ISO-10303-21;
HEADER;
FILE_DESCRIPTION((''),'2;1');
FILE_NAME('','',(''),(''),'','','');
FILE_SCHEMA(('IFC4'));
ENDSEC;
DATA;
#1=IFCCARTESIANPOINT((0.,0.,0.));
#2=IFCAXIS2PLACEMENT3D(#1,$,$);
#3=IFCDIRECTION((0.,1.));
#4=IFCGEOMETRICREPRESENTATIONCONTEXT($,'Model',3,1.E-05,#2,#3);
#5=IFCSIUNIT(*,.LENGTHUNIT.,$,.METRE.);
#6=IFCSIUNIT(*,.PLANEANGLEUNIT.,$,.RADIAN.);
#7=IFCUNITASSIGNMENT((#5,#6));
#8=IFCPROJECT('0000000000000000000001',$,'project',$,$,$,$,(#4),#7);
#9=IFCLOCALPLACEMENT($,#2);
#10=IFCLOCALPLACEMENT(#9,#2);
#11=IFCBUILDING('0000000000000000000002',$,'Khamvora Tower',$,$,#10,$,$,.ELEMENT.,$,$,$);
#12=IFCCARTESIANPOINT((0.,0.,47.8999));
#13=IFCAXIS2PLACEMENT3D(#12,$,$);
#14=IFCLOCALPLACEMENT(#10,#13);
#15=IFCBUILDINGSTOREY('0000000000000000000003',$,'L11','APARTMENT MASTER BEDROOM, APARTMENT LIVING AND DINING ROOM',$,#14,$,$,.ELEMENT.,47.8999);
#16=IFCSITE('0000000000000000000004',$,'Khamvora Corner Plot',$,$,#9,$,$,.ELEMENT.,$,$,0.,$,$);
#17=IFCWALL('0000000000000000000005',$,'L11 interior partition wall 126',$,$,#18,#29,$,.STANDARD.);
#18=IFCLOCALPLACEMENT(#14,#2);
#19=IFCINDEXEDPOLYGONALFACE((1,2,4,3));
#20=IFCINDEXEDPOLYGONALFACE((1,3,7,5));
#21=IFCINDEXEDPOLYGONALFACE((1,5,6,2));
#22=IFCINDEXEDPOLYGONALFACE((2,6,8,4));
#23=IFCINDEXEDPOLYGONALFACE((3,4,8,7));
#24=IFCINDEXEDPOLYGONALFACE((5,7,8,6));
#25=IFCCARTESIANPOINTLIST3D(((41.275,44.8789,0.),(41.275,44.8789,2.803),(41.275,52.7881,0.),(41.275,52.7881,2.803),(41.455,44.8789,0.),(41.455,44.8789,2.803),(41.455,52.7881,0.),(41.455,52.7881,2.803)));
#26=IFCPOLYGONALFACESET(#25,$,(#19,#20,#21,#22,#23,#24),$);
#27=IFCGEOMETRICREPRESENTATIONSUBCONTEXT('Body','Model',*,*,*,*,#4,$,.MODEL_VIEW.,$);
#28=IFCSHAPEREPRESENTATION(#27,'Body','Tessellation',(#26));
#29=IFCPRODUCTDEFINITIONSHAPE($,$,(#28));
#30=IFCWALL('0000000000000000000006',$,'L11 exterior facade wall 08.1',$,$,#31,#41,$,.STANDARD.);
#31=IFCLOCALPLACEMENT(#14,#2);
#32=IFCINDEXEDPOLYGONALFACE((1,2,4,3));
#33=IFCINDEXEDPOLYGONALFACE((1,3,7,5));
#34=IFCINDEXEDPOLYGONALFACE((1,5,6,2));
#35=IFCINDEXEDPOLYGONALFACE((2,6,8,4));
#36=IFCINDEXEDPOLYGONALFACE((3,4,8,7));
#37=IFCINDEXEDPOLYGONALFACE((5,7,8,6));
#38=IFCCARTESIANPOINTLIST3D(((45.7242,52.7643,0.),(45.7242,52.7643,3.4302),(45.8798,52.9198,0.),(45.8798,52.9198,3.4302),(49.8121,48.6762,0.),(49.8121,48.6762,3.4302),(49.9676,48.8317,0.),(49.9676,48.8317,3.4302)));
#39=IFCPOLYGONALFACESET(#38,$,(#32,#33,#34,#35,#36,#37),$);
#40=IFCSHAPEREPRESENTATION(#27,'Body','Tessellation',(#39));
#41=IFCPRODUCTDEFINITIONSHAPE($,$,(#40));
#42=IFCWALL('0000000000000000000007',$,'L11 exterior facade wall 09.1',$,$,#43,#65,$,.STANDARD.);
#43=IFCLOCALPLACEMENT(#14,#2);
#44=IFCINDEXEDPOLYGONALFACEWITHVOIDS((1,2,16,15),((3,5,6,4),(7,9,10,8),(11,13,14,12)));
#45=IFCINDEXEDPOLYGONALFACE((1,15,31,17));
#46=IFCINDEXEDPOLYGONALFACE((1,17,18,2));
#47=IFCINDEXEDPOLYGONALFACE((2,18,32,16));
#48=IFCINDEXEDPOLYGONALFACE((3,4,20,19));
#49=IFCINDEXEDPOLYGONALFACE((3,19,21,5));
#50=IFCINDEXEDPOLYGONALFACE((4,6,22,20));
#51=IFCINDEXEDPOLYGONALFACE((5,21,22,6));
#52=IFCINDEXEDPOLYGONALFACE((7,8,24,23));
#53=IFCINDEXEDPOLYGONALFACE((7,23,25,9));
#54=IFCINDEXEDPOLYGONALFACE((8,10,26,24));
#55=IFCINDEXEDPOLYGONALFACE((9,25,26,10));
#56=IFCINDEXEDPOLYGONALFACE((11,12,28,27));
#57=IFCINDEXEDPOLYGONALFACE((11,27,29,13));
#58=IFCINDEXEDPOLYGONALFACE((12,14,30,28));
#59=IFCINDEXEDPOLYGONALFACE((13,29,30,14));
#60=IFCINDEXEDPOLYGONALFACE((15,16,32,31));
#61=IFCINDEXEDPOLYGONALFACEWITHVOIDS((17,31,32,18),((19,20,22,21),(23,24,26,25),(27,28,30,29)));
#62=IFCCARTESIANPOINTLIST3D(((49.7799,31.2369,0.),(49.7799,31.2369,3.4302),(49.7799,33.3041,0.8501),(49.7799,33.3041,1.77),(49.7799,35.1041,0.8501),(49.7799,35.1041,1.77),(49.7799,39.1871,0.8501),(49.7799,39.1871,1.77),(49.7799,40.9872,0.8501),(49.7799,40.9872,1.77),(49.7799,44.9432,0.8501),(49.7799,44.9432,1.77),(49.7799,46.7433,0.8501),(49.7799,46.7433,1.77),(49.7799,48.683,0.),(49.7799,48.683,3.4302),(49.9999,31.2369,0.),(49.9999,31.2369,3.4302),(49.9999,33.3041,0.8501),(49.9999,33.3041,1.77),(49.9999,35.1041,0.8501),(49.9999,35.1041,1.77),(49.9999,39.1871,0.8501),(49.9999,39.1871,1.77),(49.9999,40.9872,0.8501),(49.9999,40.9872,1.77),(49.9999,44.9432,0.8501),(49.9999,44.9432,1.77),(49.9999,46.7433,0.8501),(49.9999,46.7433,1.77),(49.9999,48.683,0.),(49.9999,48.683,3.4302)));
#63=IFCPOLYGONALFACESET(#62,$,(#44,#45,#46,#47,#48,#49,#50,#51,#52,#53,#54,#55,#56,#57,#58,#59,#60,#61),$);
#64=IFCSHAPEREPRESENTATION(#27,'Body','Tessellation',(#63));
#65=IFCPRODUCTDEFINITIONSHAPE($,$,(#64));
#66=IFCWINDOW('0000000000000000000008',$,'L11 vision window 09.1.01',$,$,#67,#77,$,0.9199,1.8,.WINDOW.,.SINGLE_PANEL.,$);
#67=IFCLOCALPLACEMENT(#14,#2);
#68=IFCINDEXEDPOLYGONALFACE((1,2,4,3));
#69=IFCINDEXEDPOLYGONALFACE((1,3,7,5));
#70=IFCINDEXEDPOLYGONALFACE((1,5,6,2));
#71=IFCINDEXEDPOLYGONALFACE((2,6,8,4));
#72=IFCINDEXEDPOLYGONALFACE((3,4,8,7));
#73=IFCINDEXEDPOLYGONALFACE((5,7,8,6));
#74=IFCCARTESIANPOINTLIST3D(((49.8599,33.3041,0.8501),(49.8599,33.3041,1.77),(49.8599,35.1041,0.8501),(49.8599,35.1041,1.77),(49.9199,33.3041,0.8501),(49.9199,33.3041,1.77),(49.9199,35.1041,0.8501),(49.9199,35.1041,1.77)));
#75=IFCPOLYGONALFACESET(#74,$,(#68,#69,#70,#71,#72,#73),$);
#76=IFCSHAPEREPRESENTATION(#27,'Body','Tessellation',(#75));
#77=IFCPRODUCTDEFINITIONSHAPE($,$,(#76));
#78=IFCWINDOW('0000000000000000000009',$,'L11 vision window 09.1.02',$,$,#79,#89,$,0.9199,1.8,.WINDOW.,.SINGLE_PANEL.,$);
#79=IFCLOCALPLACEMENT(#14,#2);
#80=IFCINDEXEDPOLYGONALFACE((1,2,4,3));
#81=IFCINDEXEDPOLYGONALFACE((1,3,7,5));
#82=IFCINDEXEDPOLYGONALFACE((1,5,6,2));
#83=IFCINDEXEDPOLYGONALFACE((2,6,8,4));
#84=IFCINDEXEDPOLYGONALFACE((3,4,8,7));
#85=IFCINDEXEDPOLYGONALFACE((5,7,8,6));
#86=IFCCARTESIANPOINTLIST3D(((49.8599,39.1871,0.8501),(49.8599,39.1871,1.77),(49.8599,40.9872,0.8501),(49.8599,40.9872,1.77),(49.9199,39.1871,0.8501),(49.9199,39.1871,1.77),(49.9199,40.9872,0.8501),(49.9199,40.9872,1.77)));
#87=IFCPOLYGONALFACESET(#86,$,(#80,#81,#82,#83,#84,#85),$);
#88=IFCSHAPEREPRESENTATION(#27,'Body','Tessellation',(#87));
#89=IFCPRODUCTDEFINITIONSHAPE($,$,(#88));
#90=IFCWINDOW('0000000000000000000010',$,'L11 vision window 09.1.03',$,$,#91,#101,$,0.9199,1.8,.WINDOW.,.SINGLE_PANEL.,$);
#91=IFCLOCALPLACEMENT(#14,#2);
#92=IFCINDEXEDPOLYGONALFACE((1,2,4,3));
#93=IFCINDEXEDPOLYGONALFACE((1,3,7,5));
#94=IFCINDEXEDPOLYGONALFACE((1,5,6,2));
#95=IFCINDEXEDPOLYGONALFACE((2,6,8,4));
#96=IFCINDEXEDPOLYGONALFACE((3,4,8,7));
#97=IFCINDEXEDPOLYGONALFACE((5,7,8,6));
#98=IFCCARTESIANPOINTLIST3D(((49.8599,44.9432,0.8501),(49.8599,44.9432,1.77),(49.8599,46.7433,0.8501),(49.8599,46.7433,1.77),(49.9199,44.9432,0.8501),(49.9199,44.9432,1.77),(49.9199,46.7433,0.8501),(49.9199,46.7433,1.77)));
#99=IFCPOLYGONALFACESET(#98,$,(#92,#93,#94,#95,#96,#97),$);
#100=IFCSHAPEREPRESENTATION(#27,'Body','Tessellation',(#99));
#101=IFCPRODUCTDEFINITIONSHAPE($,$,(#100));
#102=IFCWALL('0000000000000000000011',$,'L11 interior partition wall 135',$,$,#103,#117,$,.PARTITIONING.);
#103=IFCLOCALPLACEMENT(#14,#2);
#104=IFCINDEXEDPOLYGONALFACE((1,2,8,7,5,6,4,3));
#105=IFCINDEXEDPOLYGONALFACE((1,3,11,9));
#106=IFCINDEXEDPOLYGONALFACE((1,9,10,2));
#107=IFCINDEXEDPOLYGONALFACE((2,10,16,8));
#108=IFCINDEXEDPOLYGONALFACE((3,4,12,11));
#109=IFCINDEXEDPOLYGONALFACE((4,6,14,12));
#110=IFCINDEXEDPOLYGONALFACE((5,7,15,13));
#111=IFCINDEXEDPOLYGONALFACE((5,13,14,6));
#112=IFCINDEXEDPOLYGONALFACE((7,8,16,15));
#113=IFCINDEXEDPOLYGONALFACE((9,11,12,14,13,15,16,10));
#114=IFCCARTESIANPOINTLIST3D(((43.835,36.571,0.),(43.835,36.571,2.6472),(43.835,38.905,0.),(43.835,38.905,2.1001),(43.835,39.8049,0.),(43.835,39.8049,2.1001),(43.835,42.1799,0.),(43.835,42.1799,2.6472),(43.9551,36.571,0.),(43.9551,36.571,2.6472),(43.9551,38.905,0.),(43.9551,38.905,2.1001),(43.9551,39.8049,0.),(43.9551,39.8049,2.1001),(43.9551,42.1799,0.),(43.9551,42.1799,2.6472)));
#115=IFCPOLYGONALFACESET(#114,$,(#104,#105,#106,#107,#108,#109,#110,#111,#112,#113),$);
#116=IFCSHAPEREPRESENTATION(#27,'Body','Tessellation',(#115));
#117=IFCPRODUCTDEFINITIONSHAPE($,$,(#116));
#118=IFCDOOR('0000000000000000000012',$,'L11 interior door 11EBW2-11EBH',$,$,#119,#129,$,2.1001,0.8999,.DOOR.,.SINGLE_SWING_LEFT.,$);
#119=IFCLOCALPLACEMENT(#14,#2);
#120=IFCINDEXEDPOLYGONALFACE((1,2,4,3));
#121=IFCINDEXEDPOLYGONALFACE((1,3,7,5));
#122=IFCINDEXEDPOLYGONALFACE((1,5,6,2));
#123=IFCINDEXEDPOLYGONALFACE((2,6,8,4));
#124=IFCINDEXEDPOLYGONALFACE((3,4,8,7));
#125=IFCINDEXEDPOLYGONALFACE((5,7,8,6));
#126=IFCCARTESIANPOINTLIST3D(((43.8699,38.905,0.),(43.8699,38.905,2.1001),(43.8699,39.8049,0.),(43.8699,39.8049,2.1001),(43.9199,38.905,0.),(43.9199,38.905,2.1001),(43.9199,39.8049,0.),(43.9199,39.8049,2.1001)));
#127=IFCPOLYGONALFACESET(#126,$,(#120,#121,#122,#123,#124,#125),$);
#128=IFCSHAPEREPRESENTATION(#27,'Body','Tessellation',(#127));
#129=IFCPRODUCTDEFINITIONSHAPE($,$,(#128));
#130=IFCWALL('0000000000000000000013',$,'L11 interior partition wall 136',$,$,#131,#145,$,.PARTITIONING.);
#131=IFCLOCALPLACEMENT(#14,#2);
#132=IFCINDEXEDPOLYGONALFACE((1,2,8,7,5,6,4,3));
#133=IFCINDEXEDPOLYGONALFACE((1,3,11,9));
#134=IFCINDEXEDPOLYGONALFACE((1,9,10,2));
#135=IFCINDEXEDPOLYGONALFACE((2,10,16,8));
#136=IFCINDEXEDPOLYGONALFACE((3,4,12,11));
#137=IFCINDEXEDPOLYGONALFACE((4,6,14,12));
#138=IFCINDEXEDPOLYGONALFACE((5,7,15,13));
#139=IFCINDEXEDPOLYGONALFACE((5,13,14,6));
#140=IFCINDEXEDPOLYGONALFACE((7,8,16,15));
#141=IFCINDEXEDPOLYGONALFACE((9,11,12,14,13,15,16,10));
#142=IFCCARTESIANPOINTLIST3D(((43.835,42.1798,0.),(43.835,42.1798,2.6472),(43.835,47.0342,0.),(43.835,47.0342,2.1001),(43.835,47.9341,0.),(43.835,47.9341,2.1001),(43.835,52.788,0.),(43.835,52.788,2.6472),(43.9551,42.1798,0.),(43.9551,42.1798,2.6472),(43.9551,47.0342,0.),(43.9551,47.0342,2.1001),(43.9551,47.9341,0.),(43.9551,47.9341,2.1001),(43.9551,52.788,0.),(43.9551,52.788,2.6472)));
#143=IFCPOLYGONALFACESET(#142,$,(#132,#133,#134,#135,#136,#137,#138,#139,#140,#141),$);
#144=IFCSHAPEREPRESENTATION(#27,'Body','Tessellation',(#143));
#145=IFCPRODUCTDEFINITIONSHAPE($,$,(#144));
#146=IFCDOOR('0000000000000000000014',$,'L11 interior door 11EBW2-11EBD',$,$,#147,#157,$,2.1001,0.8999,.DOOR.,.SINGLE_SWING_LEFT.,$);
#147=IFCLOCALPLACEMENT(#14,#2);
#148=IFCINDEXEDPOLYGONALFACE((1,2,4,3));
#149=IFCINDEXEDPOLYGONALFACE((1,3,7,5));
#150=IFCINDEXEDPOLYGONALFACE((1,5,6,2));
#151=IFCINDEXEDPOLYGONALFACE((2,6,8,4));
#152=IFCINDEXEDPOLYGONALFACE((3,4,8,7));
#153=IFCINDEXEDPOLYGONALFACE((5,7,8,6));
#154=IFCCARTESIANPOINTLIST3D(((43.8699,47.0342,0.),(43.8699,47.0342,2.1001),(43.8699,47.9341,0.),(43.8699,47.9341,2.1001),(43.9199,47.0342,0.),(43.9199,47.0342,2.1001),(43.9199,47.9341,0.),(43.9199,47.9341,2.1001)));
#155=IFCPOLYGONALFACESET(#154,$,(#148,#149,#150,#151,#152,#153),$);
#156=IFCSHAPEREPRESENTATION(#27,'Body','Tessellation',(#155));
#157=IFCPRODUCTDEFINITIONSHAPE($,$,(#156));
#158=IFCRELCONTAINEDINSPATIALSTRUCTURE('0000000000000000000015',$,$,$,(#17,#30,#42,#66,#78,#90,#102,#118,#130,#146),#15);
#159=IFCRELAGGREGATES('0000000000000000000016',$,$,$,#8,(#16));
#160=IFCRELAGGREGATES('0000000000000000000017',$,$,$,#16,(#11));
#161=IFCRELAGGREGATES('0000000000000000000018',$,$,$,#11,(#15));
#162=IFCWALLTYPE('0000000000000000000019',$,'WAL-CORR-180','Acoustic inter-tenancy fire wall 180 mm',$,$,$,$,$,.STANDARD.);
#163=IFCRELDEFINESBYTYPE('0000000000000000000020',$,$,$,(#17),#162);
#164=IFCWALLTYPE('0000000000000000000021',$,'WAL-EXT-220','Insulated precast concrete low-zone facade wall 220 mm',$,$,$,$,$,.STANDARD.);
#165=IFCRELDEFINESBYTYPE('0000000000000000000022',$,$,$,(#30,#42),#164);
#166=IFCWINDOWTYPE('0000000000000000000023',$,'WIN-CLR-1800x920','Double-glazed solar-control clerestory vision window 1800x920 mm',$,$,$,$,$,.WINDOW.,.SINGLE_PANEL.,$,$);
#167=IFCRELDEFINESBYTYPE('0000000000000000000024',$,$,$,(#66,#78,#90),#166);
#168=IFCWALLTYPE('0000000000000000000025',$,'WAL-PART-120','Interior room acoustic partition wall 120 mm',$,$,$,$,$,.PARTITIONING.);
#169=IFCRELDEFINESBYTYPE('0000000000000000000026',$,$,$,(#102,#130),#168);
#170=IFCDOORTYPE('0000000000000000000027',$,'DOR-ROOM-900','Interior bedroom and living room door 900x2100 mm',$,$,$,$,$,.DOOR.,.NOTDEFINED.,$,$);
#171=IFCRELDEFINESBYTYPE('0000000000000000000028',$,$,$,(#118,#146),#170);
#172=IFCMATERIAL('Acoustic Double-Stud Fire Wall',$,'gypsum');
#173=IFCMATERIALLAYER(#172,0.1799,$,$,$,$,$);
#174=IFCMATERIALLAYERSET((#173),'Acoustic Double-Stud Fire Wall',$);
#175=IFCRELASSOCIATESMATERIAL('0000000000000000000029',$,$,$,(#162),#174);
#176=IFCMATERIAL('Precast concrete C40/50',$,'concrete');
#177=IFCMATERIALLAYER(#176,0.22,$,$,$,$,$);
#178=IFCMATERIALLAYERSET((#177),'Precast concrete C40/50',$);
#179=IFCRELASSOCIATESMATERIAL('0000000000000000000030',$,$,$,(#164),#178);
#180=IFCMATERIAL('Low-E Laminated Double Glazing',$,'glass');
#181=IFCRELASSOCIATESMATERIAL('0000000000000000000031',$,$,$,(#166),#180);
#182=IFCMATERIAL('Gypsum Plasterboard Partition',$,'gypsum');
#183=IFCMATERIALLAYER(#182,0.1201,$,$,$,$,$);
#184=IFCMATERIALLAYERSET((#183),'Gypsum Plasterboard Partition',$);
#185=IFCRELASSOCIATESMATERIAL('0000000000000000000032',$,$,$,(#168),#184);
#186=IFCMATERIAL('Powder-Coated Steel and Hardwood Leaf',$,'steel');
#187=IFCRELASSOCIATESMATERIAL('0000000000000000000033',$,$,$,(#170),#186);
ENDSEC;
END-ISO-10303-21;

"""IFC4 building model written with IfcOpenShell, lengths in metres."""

from ifc_helpers import new_model, si_unit, direction, frame, frame_2d, origin, place, context, subcontext, project, spatial, rectangle, extrude, material, layer, layer_set, type_object, element, fill, save


model = new_model("IFC4")

# Units and contexts
model_context = context("Model", 3, precision=1e-05, world=origin(), true_north=direction((0.0, 1.0)))
body_context = subcontext(model_context, "Body", "Model", "MODEL_VIEW")
ifc_project = project(units=[si_unit("LENGTHUNIT", "METRE"), si_unit("PLANEANGLEUNIT", "RADIAN")], contexts=[model_context])

# Site, building, storey
site_placement = place(None, origin())
site = spatial("IfcSite", under=ifc_project, at=site_placement, Name="Khamvora Corner Plot", CompositionType="ELEMENT", RefElevation=0.0)
building_placement = place(site_placement, origin())
building = spatial("IfcBuilding", under=site, at=building_placement, Name="Khamvora Tower", CompositionType="ELEMENT")
storey_placement = place(building_placement, frame((0.0, 0.0, 47.8999)))
storey = spatial("IfcBuildingStorey", under=building, at=storey_placement, Name="L11", Description="APARTMENT MASTER BEDROOM, APARTMENT LIVING AND DINING ROOM", CompositionType="ELEMENT", Elevation=47.8999)

# Walls
ifc_material_1 = material(Name="Acoustic Double-Stud Fire Wall", Category="gypsum")
ifc_layer_1 = layer(ifc_material_1, 0.1799)
ifc_layer_set_1 = layer_set([ifc_layer_1], Name="Acoustic Double-Stud Fire Wall")
wall_type_1 = type_object("IfcWallType", Name="WAL-CORR-180", Description="Acoustic inter-tenancy fire wall 180 mm", PredefinedType="STANDARD", material=ifc_layer_set_1)
wall_1_placement = place(storey_placement, frame((41.365, 52.7881, 0.0), z_axis=(0.0, 0.0, 1.0), x_axis=(0.0, -1.0, 0.0)))
element("IfcWall", 1, at=wall_1_placement, inside=storey, type_object=wall_type_1, Name="L11 interior partition wall 126", PredefinedType="STANDARD", context=body_context, shape_type="SweptSolid", body=[
    extrude(rectangle(XDim=7.9092, YDim=0.1799, at=frame_2d((3.9546, 0.0))), origin(), (0.0, 0.0, 1.0), 2.803),
])
ifc_material_2 = material(Name="Precast concrete C40/50", Category="concrete")
ifc_layer_2 = layer(ifc_material_2, 0.22)
ifc_layer_set_2 = layer_set([ifc_layer_2], Name="Precast concrete C40/50")
wall_type_2 = type_object("IfcWallType", Name="WAL-EXT-220", Description="Insulated precast concrete low-zone facade wall 220 mm", PredefinedType="STANDARD", material=ifc_layer_set_2)
wall_2_placement = place(storey_placement, frame((45.802, 52.842, 0.0), z_axis=(0.0, 0.0, 1.0), x_axis=(0.707086, -0.707128, 0.0)))
element("IfcWall", 2, at=wall_2_placement, inside=storey, type_object=wall_type_2, Name="L11 exterior facade wall 08.1", PredefinedType="STANDARD", context=body_context, shape_type="SweptSolid", body=[
    extrude(rectangle(XDim=5.7812, YDim=0.22, at=frame_2d((2.8906, 0.0))), origin(), (0.0, 0.0, 1.0), 3.4302),
])

# Wall, openings, windows
wall_3_placement = place(storey_placement, frame((49.8899, 48.6831, 0.0), z_axis=(0.0, 0.0, 1.0), x_axis=(0.0, -1.0, 0.0)))
wall_3 = element("IfcWall", 3, at=wall_3_placement, inside=storey, type_object=wall_type_2, Name="L11 exterior facade wall 09.1", PredefinedType="STANDARD", context=body_context, shape_type="SweptSolid", body=[
    extrude(rectangle(XDim=17.446, YDim=0.22, at=frame_2d((8.7231, 0.0))), origin(), (0.0, 0.0, 1.0), 3.4302),
])
opening_1_placement = place(wall_3_placement, frame((13.5791, 0.0, 0.8501)))
opening_1 = element("IfcOpeningElement", 4, at=opening_1_placement, cuts=wall_3, PredefinedType="OPENING", context=body_context, shape_type="SweptSolid", body=[
    extrude(rectangle(XDim=1.8, YDim=0.9199, at=frame_2d((0.8999, 0.46))), frame((0.0, 0.1199, 0.0), z_axis=(0.0, -1.0, 0.0), x_axis=(1.0, 0.0, 0.0)), (0.0, 0.0, 1.0), 0.24),
])
opening_2_placement = place(wall_3_placement, frame((7.696, 0.0, 0.8501)))
opening_2 = element("IfcOpeningElement", 5, at=opening_2_placement, cuts=wall_3, PredefinedType="OPENING", context=body_context, shape_type="SweptSolid", body=[
    extrude(rectangle(XDim=1.8, YDim=0.9199, at=frame_2d((0.8999, 0.46))), frame((0.0, 0.1199, 0.0), z_axis=(0.0, -1.0, 0.0), x_axis=(1.0, 0.0, 0.0)), (0.0, 0.0, 1.0), 0.24),
])
opening_3_placement = place(wall_3_placement, frame((1.9399, 0.0, 0.8501)))
opening_3 = element("IfcOpeningElement", 6, at=opening_3_placement, cuts=wall_3, PredefinedType="OPENING", context=body_context, shape_type="SweptSolid", body=[
    extrude(rectangle(XDim=1.8, YDim=0.9199, at=frame_2d((0.8999, 0.46))), frame((0.0, 0.1199, 0.0), z_axis=(0.0, -1.0, 0.0), x_axis=(1.0, 0.0, 0.0)), (0.0, 0.0, 1.0), 0.24),
])
ifc_material_3 = material(Name="Low-E Laminated Double Glazing", Category="glass")
window_type = type_object("IfcWindowType", Name="WIN-CLR-1800x920", Description="Double-glazed solar-control clerestory vision window 1800x920 mm", PartitioningType="SINGLE_PANEL", PredefinedType="WINDOW", material=ifc_material_3)
window_1_placement = place(opening_1_placement, origin())
window_1 = element("IfcWindow", 7, at=window_1_placement, inside=storey, type_object=window_type, Name="L11 vision window 09.1.01", OverallHeight=0.9199, OverallWidth=1.8, PartitioningType="SINGLE_PANEL", PredefinedType="WINDOW", context=body_context, shape_type="SweptSolid", body=[
    extrude(rectangle(XDim=1.8, YDim=0.9199, at=frame_2d((0.8999, 0.46))), frame((0.0, 0.03, 0.0), z_axis=(0.0, -1.0, 0.0), x_axis=(1.0, 0.0, 0.0)), (0.0, 0.0, 1.0), 0.0601),
])
fill(opening_1, window_1)
window_2_placement = place(opening_2_placement, origin())
window_2 = element("IfcWindow", 8, at=window_2_placement, inside=storey, type_object=window_type, Name="L11 vision window 09.1.02", OverallHeight=0.9199, OverallWidth=1.8, PartitioningType="SINGLE_PANEL", PredefinedType="WINDOW", context=body_context, shape_type="SweptSolid", body=[
    extrude(rectangle(XDim=1.8, YDim=0.9199, at=frame_2d((0.8999, 0.46))), frame((0.0, 0.03, 0.0), z_axis=(0.0, -1.0, 0.0), x_axis=(1.0, 0.0, 0.0)), (0.0, 0.0, 1.0), 0.0601),
])
fill(opening_2, window_2)
window_3_placement = place(opening_3_placement, origin())
window_3 = element("IfcWindow", 9, at=window_3_placement, inside=storey, type_object=window_type, Name="L11 vision window 09.1.03", OverallHeight=0.9199, OverallWidth=1.8, PartitioningType="SINGLE_PANEL", PredefinedType="WINDOW", context=body_context, shape_type="SweptSolid", body=[
    extrude(rectangle(XDim=1.8, YDim=0.9199, at=frame_2d((0.8999, 0.46))), frame((0.0, 0.03, 0.0), z_axis=(0.0, -1.0, 0.0), x_axis=(1.0, 0.0, 0.0)), (0.0, 0.0, 1.0), 0.0601),
])
fill(opening_3, window_3)

# Walls, openings, doors
ifc_material_4 = material(Name="Gypsum Plasterboard Partition", Category="gypsum")
ifc_layer_3 = layer(ifc_material_4, 0.1201)
ifc_layer_set_3 = layer_set([ifc_layer_3], Name="Gypsum Plasterboard Partition")
wall_type_3 = type_object("IfcWallType", Name="WAL-PART-120", Description="Interior room acoustic partition wall 120 mm", PredefinedType="PARTITIONING", material=ifc_layer_set_3)
wall_4_placement = place(storey_placement, frame((43.895, 42.1799, 0.0), z_axis=(0.0, 0.0, 1.0), x_axis=(0.0, -1.0, 0.0)))
wall_4 = element("IfcWall", 10, at=wall_4_placement, inside=storey, type_object=wall_type_3, Name="L11 interior partition wall 135", PredefinedType="PARTITIONING", context=body_context, shape_type="SweptSolid", body=[
    extrude(rectangle(XDim=5.6089, YDim=0.1201, at=frame_2d((2.8044, 0.0))), origin(), (0.0, 0.0, 1.0), 2.6472),
])
opening_4_placement = place(wall_4_placement, frame((2.375, 0.0, 0.0)))
opening_4 = element("IfcOpeningElement", 11, at=opening_4_placement, cuts=wall_4, PredefinedType="OPENING", context=body_context, shape_type="SweptSolid", body=[
    extrude(rectangle(XDim=0.8999, YDim=2.1001, at=frame_2d((0.45, 1.05))), frame((0.0, 0.0701, 0.0), z_axis=(0.0, -1.0, 0.0), x_axis=(1.0, 0.0, 0.0)), (0.0, 0.0, 1.0), 0.1401),
])
ifc_material_5 = material(Name="Powder-Coated Steel and Hardwood Leaf", Category="steel")
door_type = type_object("IfcDoorType", Name="DOR-ROOM-900", Description="Interior bedroom and living room door 900x2100 mm", OperationType="NOTDEFINED", PredefinedType="DOOR", material=ifc_material_5)
door_1_placement = place(opening_4_placement, origin())
door_1 = element("IfcDoor", 12, at=door_1_placement, inside=storey, type_object=door_type, Name="L11 interior door 11EBW2-11EBH", OperationType="SINGLE_SWING_LEFT", OverallHeight=2.1001, OverallWidth=0.8999, PredefinedType="DOOR", context=body_context, shape_type="SweptSolid", body=[
    extrude(rectangle(XDim=0.8999, YDim=2.1001, at=frame_2d((0.45, 1.05))), frame((0.0, 0.0249, 0.0), z_axis=(0.0, -1.0, 0.0), x_axis=(1.0, 0.0, 0.0)), (0.0, 0.0, 1.0), 0.05),
])
fill(opening_4, door_1)
wall_5_placement = place(storey_placement, frame((43.895, 52.7881, 0.0), z_axis=(0.0, 0.0, 1.0), x_axis=(0.0, -1.0, 0.0)))
wall_5 = element("IfcWall", 13, at=wall_5_placement, inside=storey, type_object=wall_type_3, Name="L11 interior partition wall 136", PredefinedType="PARTITIONING", context=body_context, shape_type="SweptSolid", body=[
    extrude(rectangle(XDim=10.6082, YDim=0.1201, at=frame_2d((5.3042, 0.0))), origin(), (0.0, 0.0, 1.0), 2.6472),
])
opening_5_placement = place(wall_5_placement, frame((4.854, 0.0, 0.0)))
opening_5 = element("IfcOpeningElement", 14, at=opening_5_placement, cuts=wall_5, PredefinedType="OPENING", context=body_context, shape_type="SweptSolid", body=[
    extrude(rectangle(XDim=0.8999, YDim=2.1001, at=frame_2d((0.45, 1.05))), frame((0.0, 0.0701, 0.0), z_axis=(0.0, -1.0, 0.0), x_axis=(1.0, 0.0, 0.0)), (0.0, 0.0, 1.0), 0.1401),
])
door_2_placement = place(opening_5_placement, origin())
door_2 = element("IfcDoor", 15, at=door_2_placement, inside=storey, type_object=door_type, Name="L11 interior door 11EBW2-11EBD", OperationType="SINGLE_SWING_LEFT", OverallHeight=2.1001, OverallWidth=0.8999, PredefinedType="DOOR", context=body_context, shape_type="SweptSolid", body=[
    extrude(rectangle(XDim=0.8999, YDim=2.1001, at=frame_2d((0.45, 1.05))), frame((0.0, 0.0249, 0.0), z_axis=(0.0, -1.0, 0.0), x_axis=(1.0, 0.0, 0.0)), (0.0, 0.0, 1.0), 0.05),
])
fill(opening_5, door_2)

save(model, "model.ifc")
